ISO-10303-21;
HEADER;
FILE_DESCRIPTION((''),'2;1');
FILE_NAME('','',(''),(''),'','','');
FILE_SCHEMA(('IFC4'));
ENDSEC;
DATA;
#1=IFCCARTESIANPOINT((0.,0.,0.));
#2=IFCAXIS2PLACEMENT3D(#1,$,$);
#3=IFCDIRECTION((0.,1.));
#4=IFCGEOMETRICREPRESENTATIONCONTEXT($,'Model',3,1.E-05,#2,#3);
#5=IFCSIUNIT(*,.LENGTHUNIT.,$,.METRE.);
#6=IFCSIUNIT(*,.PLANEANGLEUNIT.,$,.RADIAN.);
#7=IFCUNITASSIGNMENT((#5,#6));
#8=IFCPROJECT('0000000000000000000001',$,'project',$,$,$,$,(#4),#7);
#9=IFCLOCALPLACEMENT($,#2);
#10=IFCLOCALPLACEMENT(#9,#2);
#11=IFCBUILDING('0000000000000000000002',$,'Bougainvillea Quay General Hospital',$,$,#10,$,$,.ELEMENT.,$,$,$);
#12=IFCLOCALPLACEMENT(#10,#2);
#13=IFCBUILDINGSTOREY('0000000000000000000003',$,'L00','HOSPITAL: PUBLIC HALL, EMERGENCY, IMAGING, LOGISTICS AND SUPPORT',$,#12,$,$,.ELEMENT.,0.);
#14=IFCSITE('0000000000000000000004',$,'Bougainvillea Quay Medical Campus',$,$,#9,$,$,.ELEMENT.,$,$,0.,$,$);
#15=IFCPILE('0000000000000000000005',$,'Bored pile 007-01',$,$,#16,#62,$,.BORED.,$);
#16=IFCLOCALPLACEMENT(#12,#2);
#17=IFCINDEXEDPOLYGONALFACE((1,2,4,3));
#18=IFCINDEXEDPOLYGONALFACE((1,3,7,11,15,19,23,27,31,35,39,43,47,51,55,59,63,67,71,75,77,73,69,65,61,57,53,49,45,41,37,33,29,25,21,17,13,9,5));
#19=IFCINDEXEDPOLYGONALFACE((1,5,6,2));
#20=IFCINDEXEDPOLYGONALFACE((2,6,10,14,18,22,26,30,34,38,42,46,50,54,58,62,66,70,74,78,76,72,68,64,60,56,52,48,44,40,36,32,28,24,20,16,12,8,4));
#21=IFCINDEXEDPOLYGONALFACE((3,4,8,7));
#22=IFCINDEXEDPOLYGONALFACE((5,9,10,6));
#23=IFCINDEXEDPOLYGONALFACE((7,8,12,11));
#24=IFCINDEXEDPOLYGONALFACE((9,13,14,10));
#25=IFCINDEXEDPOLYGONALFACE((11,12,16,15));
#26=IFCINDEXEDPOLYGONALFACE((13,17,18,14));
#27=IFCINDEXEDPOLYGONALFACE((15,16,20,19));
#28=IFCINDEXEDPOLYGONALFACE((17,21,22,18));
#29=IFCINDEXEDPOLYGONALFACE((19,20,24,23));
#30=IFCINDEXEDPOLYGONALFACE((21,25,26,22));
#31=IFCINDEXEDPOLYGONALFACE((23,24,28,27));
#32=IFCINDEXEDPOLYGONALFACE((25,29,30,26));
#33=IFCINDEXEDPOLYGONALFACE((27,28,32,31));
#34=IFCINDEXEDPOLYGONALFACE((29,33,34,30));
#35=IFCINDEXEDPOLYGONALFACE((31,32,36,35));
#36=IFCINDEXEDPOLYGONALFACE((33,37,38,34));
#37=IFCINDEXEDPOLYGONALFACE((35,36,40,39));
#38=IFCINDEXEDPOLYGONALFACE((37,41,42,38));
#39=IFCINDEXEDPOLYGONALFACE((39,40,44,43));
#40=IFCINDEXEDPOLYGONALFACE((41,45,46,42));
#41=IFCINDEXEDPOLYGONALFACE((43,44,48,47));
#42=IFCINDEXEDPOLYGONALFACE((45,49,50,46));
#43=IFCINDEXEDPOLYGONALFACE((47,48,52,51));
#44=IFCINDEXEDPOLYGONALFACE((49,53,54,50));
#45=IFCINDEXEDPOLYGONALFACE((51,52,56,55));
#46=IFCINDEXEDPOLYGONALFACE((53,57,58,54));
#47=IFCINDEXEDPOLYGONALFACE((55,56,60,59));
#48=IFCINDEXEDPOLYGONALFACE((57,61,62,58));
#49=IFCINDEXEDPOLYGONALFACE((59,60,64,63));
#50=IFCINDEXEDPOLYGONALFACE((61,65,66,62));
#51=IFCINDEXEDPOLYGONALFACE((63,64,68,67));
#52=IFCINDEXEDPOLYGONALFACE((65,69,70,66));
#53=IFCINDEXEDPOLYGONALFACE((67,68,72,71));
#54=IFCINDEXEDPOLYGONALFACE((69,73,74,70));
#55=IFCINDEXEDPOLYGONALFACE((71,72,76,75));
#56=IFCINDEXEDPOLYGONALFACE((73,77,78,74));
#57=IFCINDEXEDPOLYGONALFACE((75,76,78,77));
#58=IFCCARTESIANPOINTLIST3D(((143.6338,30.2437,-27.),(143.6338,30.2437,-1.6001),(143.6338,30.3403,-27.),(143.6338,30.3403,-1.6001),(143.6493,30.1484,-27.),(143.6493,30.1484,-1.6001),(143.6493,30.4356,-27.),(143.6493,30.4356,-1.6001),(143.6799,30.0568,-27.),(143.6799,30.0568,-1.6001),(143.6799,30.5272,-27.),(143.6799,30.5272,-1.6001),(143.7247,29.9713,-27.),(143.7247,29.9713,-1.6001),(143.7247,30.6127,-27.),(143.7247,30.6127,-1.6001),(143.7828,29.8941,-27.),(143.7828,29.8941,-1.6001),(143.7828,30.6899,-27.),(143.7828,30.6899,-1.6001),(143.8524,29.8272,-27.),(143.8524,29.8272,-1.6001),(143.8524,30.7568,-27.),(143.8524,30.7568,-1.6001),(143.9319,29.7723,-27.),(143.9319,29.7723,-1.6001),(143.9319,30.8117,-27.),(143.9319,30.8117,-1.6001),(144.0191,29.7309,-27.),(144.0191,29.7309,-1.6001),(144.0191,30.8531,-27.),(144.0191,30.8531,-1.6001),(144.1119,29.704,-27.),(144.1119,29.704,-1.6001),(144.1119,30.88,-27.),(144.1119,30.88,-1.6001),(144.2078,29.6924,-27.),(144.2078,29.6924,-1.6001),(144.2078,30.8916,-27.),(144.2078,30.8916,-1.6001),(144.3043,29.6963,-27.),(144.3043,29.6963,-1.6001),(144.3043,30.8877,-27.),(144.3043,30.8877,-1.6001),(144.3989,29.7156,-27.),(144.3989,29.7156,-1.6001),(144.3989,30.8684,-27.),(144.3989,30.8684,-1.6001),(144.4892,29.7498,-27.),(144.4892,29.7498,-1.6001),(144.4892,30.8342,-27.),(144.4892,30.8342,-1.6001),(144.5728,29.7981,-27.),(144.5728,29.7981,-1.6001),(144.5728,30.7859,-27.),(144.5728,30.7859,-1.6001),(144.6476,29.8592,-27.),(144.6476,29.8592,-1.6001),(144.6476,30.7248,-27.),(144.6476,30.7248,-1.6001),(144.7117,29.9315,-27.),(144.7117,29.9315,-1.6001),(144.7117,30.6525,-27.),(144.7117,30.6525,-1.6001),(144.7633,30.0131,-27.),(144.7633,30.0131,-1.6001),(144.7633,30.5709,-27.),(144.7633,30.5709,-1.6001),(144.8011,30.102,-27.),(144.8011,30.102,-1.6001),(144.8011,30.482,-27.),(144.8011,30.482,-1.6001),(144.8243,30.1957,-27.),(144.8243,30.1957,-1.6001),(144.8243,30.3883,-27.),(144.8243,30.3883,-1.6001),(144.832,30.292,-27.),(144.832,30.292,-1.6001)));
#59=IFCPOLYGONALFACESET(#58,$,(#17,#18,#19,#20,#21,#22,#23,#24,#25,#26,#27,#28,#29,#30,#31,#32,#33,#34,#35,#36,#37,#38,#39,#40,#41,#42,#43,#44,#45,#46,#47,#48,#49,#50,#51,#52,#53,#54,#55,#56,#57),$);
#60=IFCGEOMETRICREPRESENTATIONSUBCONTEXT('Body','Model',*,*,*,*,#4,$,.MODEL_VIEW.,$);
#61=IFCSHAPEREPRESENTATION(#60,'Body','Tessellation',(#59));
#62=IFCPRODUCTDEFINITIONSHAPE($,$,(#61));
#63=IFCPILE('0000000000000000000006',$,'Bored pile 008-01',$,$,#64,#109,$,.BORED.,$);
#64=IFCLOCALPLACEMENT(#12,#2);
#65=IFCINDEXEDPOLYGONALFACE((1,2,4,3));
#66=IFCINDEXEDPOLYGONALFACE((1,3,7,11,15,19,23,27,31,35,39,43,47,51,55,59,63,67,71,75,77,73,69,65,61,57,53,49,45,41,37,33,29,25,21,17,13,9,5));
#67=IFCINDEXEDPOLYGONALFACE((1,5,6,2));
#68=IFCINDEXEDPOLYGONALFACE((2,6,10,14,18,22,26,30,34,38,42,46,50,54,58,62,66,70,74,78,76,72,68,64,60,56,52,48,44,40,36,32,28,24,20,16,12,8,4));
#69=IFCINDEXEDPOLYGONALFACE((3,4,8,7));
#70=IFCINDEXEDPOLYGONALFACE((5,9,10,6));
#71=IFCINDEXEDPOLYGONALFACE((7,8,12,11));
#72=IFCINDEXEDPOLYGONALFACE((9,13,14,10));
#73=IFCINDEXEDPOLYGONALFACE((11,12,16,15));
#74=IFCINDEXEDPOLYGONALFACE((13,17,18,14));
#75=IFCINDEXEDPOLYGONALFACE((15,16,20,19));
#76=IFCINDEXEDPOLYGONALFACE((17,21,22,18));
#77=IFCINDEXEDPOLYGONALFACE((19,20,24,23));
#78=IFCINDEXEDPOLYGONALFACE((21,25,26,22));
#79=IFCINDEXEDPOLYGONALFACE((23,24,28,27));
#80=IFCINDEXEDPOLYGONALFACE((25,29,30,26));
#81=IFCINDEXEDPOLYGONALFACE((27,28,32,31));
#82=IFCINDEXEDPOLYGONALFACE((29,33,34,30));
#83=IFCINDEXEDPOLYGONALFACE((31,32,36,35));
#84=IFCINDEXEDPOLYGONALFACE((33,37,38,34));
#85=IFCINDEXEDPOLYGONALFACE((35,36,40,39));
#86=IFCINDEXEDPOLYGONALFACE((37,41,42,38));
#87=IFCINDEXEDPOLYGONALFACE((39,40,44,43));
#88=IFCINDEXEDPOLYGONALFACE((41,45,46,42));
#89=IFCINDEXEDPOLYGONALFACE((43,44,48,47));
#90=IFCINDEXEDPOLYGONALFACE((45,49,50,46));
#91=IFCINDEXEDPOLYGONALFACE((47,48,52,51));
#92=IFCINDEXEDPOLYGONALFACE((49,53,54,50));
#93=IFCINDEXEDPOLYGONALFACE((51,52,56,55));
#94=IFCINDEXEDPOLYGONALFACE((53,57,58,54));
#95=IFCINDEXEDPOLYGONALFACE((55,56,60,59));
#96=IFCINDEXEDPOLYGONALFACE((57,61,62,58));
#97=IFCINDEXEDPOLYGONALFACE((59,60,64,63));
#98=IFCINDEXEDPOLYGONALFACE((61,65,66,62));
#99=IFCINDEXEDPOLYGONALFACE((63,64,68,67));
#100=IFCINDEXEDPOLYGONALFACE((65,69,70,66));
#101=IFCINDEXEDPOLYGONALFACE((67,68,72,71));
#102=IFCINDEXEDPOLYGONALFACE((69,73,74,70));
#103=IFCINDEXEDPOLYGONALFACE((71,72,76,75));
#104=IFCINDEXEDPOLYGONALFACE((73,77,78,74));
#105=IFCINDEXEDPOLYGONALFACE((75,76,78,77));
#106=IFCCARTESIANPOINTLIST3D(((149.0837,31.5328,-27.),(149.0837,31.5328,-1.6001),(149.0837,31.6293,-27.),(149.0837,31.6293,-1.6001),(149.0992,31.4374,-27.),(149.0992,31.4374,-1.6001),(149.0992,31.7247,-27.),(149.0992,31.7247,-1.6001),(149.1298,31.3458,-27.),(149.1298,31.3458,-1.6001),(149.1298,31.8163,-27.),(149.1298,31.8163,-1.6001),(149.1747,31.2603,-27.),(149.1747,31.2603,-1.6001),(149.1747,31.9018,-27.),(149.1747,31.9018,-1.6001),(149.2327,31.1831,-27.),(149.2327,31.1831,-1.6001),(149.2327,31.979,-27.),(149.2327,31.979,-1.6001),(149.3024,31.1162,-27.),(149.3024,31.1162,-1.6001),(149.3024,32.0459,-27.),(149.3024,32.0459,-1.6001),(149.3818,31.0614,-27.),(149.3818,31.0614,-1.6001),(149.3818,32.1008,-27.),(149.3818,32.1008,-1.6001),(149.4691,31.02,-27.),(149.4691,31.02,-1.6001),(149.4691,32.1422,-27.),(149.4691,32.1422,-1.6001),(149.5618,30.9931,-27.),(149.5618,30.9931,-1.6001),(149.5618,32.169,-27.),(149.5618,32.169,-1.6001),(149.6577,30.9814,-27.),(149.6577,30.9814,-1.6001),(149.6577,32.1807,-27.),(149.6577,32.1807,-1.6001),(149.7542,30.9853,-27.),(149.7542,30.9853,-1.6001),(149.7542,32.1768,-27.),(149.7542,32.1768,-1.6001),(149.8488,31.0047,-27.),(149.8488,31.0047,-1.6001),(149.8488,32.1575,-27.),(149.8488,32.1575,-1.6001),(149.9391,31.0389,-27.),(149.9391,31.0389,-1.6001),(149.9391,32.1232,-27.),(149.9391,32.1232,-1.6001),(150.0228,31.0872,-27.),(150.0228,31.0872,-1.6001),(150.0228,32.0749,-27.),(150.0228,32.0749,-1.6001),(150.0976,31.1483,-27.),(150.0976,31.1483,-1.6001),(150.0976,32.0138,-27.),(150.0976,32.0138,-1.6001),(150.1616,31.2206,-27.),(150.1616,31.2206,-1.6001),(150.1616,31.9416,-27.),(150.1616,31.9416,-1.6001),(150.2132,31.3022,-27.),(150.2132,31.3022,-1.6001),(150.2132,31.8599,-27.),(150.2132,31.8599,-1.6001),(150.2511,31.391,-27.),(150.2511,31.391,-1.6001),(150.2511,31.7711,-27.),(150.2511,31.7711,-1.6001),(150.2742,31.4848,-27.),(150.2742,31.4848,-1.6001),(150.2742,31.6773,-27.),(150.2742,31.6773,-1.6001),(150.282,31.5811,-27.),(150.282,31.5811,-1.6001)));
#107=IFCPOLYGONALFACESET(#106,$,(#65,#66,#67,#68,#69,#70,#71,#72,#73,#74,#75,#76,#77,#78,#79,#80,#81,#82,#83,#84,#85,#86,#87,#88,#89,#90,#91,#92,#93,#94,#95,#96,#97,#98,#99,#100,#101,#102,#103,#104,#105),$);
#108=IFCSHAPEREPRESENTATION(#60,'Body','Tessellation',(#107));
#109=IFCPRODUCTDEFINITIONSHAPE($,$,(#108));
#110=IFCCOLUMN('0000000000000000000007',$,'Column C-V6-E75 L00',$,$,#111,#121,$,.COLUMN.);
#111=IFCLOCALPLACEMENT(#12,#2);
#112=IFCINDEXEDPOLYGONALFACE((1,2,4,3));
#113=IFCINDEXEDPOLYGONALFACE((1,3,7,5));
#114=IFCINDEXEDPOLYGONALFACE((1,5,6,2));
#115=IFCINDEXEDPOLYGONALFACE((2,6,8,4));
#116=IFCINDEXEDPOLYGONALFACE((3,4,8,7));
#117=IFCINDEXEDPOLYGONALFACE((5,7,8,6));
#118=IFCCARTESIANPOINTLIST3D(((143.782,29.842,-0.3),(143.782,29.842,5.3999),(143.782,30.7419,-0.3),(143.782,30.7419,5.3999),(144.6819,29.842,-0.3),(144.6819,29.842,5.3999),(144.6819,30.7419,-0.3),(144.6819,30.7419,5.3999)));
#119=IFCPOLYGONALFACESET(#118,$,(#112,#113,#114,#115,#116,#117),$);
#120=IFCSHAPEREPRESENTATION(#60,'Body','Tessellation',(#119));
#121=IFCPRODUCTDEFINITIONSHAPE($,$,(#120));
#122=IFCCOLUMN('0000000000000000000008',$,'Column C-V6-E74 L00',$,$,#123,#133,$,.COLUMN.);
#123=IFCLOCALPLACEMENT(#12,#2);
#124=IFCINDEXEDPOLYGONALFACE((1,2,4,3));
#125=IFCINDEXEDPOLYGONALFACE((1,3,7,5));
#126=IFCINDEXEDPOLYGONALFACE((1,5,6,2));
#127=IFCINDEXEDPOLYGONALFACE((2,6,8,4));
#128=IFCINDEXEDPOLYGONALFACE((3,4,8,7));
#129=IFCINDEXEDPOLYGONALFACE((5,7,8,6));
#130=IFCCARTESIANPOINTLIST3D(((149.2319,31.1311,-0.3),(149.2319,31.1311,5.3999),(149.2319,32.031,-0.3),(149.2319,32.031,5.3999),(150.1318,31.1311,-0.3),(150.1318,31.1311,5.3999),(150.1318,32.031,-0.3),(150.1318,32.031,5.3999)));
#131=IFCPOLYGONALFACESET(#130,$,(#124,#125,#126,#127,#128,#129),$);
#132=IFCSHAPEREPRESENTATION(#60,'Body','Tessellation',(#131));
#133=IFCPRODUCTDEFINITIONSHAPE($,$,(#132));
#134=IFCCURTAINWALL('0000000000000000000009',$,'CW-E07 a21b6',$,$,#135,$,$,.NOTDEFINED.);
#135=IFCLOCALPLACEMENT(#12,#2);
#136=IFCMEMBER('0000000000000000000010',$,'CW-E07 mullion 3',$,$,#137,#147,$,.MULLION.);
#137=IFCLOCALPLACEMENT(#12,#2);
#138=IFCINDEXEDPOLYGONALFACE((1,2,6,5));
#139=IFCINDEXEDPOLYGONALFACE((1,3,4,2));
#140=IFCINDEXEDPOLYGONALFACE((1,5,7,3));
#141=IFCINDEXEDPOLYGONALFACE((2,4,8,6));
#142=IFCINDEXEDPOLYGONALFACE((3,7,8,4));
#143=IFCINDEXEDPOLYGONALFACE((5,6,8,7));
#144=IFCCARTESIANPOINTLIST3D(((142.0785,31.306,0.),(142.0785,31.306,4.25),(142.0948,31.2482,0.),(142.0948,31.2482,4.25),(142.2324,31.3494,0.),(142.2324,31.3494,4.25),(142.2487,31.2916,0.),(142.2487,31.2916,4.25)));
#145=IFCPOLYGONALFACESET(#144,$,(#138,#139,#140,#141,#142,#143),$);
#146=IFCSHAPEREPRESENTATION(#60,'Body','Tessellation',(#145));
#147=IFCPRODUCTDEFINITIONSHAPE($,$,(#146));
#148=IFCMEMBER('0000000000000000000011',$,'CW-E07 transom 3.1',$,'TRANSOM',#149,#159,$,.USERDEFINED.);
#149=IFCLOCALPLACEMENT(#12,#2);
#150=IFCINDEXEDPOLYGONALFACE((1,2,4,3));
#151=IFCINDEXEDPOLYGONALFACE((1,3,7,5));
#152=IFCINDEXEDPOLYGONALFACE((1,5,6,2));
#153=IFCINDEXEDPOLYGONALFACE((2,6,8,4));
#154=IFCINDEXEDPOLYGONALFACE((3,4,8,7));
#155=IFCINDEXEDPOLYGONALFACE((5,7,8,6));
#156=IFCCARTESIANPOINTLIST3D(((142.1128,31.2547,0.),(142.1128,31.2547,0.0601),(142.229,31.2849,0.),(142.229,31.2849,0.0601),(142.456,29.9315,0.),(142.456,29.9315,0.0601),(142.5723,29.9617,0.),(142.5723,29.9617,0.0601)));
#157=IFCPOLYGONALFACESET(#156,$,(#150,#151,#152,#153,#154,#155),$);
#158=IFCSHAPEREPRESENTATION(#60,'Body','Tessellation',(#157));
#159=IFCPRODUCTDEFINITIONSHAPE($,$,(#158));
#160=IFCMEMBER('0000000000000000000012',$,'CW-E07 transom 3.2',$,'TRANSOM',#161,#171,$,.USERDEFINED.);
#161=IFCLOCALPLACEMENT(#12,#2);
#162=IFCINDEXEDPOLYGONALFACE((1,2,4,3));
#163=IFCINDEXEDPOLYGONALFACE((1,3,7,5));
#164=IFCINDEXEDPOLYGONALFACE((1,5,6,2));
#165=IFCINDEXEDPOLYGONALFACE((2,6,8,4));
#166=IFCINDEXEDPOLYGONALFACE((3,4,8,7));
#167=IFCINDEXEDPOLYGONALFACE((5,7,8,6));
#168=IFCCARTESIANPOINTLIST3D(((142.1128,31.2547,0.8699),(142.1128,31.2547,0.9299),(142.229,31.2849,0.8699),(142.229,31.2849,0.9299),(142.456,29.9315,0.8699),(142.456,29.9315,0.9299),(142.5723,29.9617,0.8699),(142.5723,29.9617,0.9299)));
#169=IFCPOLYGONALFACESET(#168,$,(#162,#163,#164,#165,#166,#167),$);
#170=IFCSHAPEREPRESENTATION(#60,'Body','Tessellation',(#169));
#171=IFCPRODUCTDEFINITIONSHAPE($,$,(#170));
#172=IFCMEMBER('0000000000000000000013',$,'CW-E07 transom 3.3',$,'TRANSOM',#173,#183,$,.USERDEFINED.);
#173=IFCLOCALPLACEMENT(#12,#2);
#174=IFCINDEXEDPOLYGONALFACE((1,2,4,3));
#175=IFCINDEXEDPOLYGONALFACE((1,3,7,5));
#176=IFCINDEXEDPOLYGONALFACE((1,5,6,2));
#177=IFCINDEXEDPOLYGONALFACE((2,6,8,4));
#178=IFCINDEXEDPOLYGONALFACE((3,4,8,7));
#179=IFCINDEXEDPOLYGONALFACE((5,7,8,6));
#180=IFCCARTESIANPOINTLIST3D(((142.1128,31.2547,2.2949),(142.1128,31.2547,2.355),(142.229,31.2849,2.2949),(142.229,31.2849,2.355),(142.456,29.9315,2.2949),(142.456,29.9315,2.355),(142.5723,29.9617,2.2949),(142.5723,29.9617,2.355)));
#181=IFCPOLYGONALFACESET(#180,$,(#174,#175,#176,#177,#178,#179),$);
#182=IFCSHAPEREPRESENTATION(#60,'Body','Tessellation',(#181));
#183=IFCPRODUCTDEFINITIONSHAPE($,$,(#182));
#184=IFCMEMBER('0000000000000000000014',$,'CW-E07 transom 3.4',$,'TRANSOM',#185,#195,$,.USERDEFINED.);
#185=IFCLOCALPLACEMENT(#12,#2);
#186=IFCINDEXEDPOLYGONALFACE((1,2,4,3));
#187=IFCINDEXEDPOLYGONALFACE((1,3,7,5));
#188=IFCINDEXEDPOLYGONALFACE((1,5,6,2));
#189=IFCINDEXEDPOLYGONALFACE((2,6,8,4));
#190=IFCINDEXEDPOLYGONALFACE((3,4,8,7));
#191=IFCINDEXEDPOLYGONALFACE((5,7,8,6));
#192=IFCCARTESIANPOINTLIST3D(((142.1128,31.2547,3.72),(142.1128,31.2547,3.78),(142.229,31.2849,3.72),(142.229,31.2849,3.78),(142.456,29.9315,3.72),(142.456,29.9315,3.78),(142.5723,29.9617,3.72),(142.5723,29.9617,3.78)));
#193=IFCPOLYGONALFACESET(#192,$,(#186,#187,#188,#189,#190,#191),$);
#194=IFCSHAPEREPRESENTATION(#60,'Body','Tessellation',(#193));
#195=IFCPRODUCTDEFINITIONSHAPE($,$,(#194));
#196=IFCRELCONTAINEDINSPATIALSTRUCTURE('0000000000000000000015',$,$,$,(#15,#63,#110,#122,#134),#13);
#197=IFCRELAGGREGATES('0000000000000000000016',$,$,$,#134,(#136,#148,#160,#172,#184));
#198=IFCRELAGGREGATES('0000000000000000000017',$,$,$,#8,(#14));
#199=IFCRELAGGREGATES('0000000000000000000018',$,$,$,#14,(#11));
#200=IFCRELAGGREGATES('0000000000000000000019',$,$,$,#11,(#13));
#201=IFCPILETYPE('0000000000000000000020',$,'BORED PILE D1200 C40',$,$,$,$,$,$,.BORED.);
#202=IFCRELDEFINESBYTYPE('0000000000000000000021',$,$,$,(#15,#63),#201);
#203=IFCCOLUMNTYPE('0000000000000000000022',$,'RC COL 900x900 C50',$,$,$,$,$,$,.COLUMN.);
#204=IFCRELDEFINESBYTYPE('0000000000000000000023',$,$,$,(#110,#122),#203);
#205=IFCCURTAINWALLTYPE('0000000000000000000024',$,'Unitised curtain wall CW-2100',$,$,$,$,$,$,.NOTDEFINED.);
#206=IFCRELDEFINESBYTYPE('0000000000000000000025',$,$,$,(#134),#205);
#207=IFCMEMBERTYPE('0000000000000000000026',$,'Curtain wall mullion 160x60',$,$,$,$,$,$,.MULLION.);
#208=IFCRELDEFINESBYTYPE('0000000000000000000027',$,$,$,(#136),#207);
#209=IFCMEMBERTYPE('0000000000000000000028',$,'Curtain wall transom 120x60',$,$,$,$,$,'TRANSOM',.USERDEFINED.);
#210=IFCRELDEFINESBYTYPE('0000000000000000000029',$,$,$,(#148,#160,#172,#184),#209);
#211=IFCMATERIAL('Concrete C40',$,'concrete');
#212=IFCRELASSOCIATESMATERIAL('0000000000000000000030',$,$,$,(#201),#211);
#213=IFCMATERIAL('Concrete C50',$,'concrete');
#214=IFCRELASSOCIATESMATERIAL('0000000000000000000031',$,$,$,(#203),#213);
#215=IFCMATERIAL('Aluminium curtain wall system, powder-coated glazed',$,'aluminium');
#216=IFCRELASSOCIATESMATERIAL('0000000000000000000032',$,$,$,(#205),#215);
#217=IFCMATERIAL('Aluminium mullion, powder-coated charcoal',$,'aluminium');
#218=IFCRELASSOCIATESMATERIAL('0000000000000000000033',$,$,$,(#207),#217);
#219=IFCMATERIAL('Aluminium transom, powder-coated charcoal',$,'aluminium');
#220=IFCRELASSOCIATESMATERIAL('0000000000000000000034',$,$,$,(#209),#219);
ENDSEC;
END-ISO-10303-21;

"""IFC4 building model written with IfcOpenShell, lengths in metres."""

from ifc_helpers import new_model, si_unit, direction, frame, origin, origin_2d, place, context, subcontext, project, spatial, rectangle, circle, extrude, material, material_profile, profile_set, type_object, element, aggregate, save


model = new_model("IFC4")

# Units and contexts
model_context = context("Model", 3, precision=1e-05, world=origin(), true_north=direction((0.0, 1.0)))
body_context = subcontext(model_context, "Body", "Model", "MODEL_VIEW")
ifc_project = project(units=[si_unit("LENGTHUNIT", "METRE"), si_unit("PLANEANGLEUNIT", "RADIAN")], contexts=[model_context])

# Site, building, storey
site_placement = place(None, origin())
site = spatial("IfcSite", under=ifc_project, at=site_placement, Name="Bougainvillea Quay Medical Campus", CompositionType="ELEMENT", RefElevation=0.0)
building_placement = place(site_placement, origin())
building = spatial("IfcBuilding", under=site, at=building_placement, Name="Bougainvillea Quay General Hospital", CompositionType="ELEMENT")
storey_placement = place(building_placement, origin())
storey = spatial("IfcBuildingStorey", under=building, at=storey_placement, Name="L00", Description="HOSPITAL: PUBLIC HALL, EMERGENCY, IMAGING, LOGISTICS AND SUPPORT", CompositionType="ELEMENT", Elevation=0.0)

# Piles
ifc_material_1 = material(Name="Concrete C40", Category="concrete")
ifc_material_profile_1 = material_profile(ifc_material_1, circle(Radius=0.6001, at=origin_2d()))
ifc_profile_set_1 = profile_set([ifc_material_profile_1], Name="Concrete C40")
pile_type = type_object("IfcPileType", Name="BORED PILE D1200 C40", PredefinedType="BORED", material=ifc_profile_set_1)
for number, where, z_axis, x_axis, name in (
    (1, (144.2319, 30.292, -1.6001), (0.0, 0.0, -1.0), (1.0, 0.0, 0.0), "Bored pile 007-01"),
    (2, (149.6819, 31.5811, -1.6001), (0.0, 0.0, -1.0), (1.0, 0.0, 0.0), "Bored pile 008-01"),
):
    element("IfcPile", number, at=place(storey_placement, frame(where, z_axis=z_axis, x_axis=x_axis)), inside=storey, type_object=pile_type, Name=name, PredefinedType="BORED", context=body_context, shape_type="SweptSolid", body=[
        extrude(circle(Radius=0.6001, at=origin_2d()), origin(), (0.0, 0.0, 1.0), 25.3999),
    ])

# Columns
ifc_material_2 = material(Name="Concrete C50", Category="concrete")
ifc_material_profile_2 = material_profile(ifc_material_2, rectangle(XDim=0.8999, YDim=0.8999, at=origin_2d()))
ifc_profile_set_2 = profile_set([ifc_material_profile_2], Name="Concrete C50")
column_type = type_object("IfcColumnType", Name="RC COL 900x900 C50", PredefinedType="COLUMN", material=ifc_profile_set_2)
for number, where, z_axis, x_axis, name in (
    (3, (144.2319, 30.292, -0.3), (0.0, 0.0, 1.0), (1.0, 0.0, 0.0), "Column C-V6-E75 L00"),
    (4, (149.6819, 31.5811, -0.3), (0.0, 0.0, 1.0), (1.0, 0.0, 0.0), "Column C-V6-E74 L00"),
):
    element("IfcColumn", number, at=place(storey_placement, frame(where, z_axis=z_axis, x_axis=x_axis)), inside=storey, type_object=column_type, Name=name, PredefinedType="COLUMN", context=body_context, shape_type="SweptSolid", body=[
        extrude(rectangle(XDim=0.8999, YDim=0.8999, at=origin_2d()), origin(), (0.0, 0.0, 1.0), 5.7),
    ])

# Curtain wall, members
ifc_material_3 = material(Name="Aluminium curtain wall system, powder-coated glazed", Category="aluminium")
curtain_wall_type = type_object("IfcCurtainWallType", Name="Unitised curtain wall CW-2100", PredefinedType="NOTDEFINED", material=ifc_material_3)
curtain_wall_placement = place(storey_placement, origin())
curtain_wall = element("IfcCurtainWall", 5, at=curtain_wall_placement, inside=storey, type_object=curtain_wall_type, Name="CW-E07 a21b6", PredefinedType="NOTDEFINED")
ifc_material_4 = material(Name="Aluminium mullion, powder-coated charcoal", Category="aluminium")
ifc_material_profile_3 = material_profile(ifc_material_4, rectangle(XDim=0.1599, YDim=0.0601, at=origin_2d()))
ifc_profile_set_3 = profile_set([ifc_material_profile_3], Name="Aluminium mullion, powder-coated charcoal")
member_type_1 = type_object("IfcMemberType", Name="Curtain wall mullion 160x60", PredefinedType="MULLION", material=ifc_profile_set_3)
member_1_placement = place(storey_placement, frame((142.1636, 31.2988, 0.0), z_axis=(0.0, 0.0, 1.0), x_axis=(0.962439, 0.271496, 0.0)))
member_1 = element("IfcMember", 6, at=member_1_placement, type_object=member_type_1, Name="CW-E07 mullion 3", PredefinedType="MULLION", context=body_context, shape_type="SweptSolid", body=[
    extrude(rectangle(XDim=0.1599, YDim=0.0601, at=origin_2d()), origin(), (0.0, 0.0, 1.0), 4.25),
])
ifc_material_5 = material(Name="Aluminium transom, powder-coated charcoal", Category="aluminium")
ifc_material_profile_4 = material_profile(ifc_material_5, rectangle(XDim=0.1201, YDim=0.0601, at=origin_2d()))
ifc_profile_set_4 = profile_set([ifc_material_profile_4], Name="Aluminium transom, powder-coated charcoal")
member_type_2 = type_object("IfcMemberType", Name="Curtain wall transom 120x60", ElementType="TRANSOM", PredefinedType="USERDEFINED", material=ifc_profile_set_4)
member_2_placement = place(storey_placement, frame((142.1709, 31.2698, 0.03), z_axis=(0.251099, -0.967962, 0.0), x_axis=(0.967962, 0.251099, 0.0)))
member_2 = element("IfcMember", 7, at=member_2_placement, type_object=member_type_2, Name="CW-E07 transom 3.1", ObjectType="TRANSOM", PredefinedType="USERDEFINED", context=body_context, shape_type="SweptSolid", body=[
    extrude(rectangle(XDim=0.1201, YDim=0.0601, at=origin_2d()), origin(), (0.0, 0.0, 1.0), 1.3669),
])
member_3_placement = place(storey_placement, frame((142.1709, 31.2698, 0.8999), z_axis=(0.251099, -0.967962, 0.0), x_axis=(0.967962, 0.251099, 0.0)))
member_3 = element("IfcMember", 8, at=member_3_placement, type_object=member_type_2, Name="CW-E07 transom 3.2", ObjectType="TRANSOM", PredefinedType="USERDEFINED", context=body_context, shape_type="SweptSolid", body=[
    extrude(rectangle(XDim=0.1201, YDim=0.0601, at=origin_2d()), origin(), (0.0, 0.0, 1.0), 1.3669),
])
member_4_placement = place(storey_placement, frame((142.1709, 31.2698, 2.325), z_axis=(0.251099, -0.967962, 0.0), x_axis=(0.967962, 0.251099, 0.0)))
member_4 = element("IfcMember", 9, at=member_4_placement, type_object=member_type_2, Name="CW-E07 transom 3.3", ObjectType="TRANSOM", PredefinedType="USERDEFINED", context=body_context, shape_type="SweptSolid", body=[
    extrude(rectangle(XDim=0.1201, YDim=0.0601, at=origin_2d()), origin(), (0.0, 0.0, 1.0), 1.3669),
])
member_5_placement = place(storey_placement, frame((142.1709, 31.2698, 3.75), z_axis=(0.251099, -0.967962, 0.0), x_axis=(0.967962, 0.251099, 0.0)))
member_5 = element("IfcMember", 10, at=member_5_placement, type_object=member_type_2, Name="CW-E07 transom 3.4", ObjectType="TRANSOM", PredefinedType="USERDEFINED", context=body_context, shape_type="SweptSolid", body=[
    extrude(rectangle(XDim=0.1201, YDim=0.0601, at=origin_2d()), origin(), (0.0, 0.0, 1.0), 1.3669),
])
aggregate(curtain_wall, [member_1, member_2, member_3, member_4, member_5])

save(model, "model.ifc")
